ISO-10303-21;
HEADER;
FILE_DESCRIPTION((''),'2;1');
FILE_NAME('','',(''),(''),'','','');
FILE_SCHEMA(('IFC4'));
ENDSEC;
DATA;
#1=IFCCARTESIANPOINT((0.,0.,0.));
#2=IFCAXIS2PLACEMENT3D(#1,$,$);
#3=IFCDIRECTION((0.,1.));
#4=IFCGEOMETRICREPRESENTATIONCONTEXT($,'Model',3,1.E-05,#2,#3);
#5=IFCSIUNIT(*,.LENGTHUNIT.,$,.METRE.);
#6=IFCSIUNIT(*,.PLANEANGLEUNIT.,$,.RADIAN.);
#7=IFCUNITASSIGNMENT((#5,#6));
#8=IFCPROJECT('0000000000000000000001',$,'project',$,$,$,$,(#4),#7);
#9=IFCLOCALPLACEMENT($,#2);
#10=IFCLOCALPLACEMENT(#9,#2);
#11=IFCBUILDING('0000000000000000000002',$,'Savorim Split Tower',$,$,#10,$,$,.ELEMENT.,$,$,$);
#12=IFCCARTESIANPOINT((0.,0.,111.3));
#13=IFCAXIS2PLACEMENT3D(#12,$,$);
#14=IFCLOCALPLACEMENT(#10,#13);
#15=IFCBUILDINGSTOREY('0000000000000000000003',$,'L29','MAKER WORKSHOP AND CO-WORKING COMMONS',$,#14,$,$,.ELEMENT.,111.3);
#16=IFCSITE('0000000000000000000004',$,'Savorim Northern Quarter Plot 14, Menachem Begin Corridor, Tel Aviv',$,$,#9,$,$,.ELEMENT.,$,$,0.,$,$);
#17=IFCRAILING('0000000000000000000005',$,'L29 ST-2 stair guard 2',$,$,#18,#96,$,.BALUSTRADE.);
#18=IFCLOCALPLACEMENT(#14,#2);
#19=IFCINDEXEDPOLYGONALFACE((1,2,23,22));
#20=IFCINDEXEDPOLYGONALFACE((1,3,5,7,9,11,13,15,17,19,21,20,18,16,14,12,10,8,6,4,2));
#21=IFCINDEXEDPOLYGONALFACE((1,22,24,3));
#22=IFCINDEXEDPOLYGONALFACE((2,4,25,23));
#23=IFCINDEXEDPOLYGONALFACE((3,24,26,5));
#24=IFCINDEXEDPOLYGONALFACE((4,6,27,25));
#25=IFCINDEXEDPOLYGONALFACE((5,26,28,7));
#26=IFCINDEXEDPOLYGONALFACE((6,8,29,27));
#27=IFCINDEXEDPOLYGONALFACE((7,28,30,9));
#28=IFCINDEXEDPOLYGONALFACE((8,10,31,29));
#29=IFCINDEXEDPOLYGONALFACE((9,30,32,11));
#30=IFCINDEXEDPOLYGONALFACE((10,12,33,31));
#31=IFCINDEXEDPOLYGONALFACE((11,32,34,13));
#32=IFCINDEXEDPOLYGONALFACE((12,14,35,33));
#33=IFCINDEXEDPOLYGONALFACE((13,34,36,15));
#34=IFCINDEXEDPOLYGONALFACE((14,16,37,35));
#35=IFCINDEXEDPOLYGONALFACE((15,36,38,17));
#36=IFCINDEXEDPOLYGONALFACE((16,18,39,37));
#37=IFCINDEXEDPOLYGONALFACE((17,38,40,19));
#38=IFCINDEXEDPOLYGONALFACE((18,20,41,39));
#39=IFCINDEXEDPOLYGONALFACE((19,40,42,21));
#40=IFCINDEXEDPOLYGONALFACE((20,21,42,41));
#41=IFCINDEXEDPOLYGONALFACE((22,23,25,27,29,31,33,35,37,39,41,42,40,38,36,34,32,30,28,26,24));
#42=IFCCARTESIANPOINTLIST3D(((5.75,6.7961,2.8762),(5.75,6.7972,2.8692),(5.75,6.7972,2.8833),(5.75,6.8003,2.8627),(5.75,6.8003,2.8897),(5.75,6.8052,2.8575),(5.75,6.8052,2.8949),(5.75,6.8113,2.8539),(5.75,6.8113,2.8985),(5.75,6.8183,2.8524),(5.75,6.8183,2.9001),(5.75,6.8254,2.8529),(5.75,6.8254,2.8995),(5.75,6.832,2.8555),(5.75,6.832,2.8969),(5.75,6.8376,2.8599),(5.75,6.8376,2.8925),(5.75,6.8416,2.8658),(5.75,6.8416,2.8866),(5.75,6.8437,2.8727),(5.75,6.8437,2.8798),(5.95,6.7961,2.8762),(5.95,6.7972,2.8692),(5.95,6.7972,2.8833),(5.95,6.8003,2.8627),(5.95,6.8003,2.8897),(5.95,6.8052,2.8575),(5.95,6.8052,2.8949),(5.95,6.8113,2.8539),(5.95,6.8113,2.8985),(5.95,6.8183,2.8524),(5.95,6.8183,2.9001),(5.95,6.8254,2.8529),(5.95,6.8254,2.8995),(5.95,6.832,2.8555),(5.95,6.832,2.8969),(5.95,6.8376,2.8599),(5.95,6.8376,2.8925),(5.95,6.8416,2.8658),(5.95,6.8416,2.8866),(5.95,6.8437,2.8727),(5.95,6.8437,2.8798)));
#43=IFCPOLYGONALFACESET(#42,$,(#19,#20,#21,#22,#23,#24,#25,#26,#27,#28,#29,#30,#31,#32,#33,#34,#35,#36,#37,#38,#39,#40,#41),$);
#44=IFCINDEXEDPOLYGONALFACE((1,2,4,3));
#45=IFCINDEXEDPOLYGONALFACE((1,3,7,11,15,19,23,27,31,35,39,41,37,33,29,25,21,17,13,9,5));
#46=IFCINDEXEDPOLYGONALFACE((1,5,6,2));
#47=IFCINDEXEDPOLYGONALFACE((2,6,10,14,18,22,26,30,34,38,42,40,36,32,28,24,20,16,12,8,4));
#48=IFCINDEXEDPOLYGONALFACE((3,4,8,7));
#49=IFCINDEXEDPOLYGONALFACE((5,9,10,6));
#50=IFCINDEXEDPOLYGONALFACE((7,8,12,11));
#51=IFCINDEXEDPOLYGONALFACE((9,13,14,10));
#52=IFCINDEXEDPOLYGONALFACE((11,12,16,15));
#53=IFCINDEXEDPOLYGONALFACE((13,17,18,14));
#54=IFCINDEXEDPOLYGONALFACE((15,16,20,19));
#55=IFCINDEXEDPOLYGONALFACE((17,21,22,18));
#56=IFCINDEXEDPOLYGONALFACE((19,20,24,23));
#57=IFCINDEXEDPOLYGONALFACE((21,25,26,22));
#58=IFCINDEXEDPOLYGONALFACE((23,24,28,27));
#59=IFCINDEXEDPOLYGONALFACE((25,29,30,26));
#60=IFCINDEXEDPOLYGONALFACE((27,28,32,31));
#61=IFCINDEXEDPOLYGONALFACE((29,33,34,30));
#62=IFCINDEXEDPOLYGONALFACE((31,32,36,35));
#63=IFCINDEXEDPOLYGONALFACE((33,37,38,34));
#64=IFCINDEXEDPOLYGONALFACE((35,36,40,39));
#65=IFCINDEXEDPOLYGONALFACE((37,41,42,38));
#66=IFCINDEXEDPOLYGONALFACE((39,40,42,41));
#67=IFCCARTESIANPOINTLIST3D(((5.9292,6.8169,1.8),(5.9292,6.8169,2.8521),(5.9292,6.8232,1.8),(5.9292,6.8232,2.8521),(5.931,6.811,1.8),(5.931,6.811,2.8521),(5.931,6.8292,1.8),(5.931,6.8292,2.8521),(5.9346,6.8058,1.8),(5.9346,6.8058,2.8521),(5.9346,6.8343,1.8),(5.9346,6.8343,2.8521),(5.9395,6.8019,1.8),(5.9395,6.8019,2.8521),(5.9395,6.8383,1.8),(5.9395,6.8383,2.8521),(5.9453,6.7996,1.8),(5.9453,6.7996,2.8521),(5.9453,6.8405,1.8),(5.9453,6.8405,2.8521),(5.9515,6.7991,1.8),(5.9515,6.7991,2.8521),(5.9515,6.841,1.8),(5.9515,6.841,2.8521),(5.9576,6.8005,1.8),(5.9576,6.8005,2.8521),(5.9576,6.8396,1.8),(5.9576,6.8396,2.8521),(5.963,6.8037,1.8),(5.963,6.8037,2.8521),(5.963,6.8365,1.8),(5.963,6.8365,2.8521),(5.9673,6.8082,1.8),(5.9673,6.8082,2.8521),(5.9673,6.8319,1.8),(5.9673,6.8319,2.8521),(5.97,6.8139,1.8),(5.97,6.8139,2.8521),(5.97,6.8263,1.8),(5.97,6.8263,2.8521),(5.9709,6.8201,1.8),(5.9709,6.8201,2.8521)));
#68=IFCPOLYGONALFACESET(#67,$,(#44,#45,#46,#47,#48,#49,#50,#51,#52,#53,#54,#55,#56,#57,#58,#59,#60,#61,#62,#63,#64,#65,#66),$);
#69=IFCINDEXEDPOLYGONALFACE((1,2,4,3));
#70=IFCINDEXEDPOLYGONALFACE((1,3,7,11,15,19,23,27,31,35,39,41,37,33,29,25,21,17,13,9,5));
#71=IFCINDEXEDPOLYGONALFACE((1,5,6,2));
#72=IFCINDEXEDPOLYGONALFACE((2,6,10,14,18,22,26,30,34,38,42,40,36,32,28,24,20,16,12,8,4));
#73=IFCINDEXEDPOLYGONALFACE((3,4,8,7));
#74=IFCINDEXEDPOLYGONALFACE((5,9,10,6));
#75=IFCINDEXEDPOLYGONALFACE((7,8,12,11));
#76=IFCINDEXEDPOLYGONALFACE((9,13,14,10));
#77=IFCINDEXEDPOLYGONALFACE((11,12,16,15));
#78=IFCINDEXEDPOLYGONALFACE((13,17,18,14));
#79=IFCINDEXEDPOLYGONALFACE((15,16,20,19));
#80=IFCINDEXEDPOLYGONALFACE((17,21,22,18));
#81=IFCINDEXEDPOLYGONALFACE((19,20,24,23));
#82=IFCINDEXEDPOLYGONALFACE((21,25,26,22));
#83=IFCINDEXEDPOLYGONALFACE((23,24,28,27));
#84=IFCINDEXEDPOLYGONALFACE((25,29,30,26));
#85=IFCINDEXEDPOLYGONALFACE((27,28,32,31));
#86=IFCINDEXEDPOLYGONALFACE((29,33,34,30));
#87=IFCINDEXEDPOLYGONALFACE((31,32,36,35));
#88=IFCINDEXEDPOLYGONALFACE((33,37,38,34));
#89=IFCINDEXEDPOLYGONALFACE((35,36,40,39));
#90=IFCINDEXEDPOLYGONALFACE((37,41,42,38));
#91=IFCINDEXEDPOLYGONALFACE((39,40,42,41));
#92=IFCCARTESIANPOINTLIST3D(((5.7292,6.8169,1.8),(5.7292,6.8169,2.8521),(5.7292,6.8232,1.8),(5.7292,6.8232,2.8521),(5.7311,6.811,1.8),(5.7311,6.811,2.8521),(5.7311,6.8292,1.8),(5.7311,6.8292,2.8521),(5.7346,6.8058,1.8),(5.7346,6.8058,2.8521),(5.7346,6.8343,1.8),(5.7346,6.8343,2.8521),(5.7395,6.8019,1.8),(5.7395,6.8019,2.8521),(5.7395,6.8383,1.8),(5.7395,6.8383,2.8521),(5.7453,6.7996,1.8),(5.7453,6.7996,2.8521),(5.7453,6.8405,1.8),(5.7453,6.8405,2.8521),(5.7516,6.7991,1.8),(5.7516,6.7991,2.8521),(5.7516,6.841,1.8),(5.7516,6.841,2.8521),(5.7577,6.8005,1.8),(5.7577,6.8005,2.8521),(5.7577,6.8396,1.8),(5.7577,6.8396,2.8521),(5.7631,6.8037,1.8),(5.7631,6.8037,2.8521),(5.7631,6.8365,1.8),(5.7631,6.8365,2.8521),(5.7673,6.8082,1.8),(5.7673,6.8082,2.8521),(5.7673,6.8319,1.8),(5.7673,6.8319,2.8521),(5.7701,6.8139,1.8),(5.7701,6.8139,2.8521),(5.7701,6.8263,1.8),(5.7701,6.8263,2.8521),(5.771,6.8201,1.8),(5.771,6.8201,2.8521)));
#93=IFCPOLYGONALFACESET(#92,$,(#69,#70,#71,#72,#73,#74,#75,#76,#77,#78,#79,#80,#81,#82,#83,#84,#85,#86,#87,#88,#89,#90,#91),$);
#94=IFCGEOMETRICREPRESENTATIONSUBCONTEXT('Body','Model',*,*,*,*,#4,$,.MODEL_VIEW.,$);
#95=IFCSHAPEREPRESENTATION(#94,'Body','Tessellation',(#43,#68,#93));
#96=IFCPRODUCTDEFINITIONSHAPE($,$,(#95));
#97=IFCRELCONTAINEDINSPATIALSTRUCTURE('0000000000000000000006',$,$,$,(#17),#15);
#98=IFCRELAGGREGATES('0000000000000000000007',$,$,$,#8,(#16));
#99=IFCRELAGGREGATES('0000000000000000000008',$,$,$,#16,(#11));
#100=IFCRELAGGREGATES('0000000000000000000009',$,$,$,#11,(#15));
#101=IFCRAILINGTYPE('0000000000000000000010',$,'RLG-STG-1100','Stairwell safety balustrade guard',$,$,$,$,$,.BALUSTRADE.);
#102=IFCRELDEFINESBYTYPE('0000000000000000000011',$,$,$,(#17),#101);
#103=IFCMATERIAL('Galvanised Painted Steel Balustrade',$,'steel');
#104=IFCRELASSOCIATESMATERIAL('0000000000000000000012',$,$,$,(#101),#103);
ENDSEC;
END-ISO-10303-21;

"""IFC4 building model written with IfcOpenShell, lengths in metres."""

from ifc_helpers import new_model, si_unit, direction, frame, origin, origin_2d, place, context, subcontext, project, spatial, circle, extrude, material, type_object, element, save


model = new_model("IFC4")

# Units and contexts
model_context = context("Model", 3, precision=1e-05, world=origin(), true_north=direction((0.0, 1.0)))
body_context = subcontext(model_context, "Body", "Model", "MODEL_VIEW")
ifc_project = project(units=[si_unit("LENGTHUNIT", "METRE"), si_unit("PLANEANGLEUNIT", "RADIAN")], contexts=[model_context])

# Site, building, storey
site_placement = place(None, origin())
site = spatial("IfcSite", under=ifc_project, at=site_placement, Name="Savorim Northern Quarter Plot 14, Menachem Begin Corridor, Tel Aviv", CompositionType="ELEMENT", RefElevation=0.0)
building_placement = place(site_placement, origin())
building = spatial("IfcBuilding", under=site, at=building_placement, Name="Savorim Split Tower", CompositionType="ELEMENT")
storey_placement = place(building_placement, frame((0.0, 0.0, 111.3)))
storey = spatial("IfcBuildingStorey", under=building, at=storey_placement, Name="L29", Description="MAKER WORKSHOP AND CO-WORKING COMMONS", CompositionType="ELEMENT", Elevation=111.3)

# Railing
ifc_material_1 = material(Name="Galvanised Painted Steel Balustrade", Category="steel")
railing_type_1 = type_object("IfcRailingType", Name="RLG-STG-1100", Description="Stairwell safety balustrade guard", PredefinedType="BALUSTRADE", material=ifc_material_1)
railing_1_placement = place(storey_placement, frame((5.95, 6.8201, 1.8)))
element("IfcRailing", 1, at=railing_1_placement, inside=storey, type_object=railing_type_1, Name="L29 ST-2 stair guard 2", PredefinedType="BALUSTRADE", context=body_context, shape_type="SweptSolid", body=[
    extrude(circle(Radius=0.0239, at=origin_2d()), frame((0.0, 0.0, 1.0762), z_axis=(-1.0, 0.0, 0.0), x_axis=(0.0, -1.0, 0.0)), (0.0, 0.0, 1.0), 0.2),
    extrude(circle(Radius=0.021, at=origin_2d()), origin(), (0.0, 0.0, 1.0), 1.052),
    extrude(circle(Radius=0.021, at=origin_2d()), frame((-0.2, 0.0, 0.0)), (0.0, 0.0, 1.0), 1.052),
])

save(model, "model.ifc")
